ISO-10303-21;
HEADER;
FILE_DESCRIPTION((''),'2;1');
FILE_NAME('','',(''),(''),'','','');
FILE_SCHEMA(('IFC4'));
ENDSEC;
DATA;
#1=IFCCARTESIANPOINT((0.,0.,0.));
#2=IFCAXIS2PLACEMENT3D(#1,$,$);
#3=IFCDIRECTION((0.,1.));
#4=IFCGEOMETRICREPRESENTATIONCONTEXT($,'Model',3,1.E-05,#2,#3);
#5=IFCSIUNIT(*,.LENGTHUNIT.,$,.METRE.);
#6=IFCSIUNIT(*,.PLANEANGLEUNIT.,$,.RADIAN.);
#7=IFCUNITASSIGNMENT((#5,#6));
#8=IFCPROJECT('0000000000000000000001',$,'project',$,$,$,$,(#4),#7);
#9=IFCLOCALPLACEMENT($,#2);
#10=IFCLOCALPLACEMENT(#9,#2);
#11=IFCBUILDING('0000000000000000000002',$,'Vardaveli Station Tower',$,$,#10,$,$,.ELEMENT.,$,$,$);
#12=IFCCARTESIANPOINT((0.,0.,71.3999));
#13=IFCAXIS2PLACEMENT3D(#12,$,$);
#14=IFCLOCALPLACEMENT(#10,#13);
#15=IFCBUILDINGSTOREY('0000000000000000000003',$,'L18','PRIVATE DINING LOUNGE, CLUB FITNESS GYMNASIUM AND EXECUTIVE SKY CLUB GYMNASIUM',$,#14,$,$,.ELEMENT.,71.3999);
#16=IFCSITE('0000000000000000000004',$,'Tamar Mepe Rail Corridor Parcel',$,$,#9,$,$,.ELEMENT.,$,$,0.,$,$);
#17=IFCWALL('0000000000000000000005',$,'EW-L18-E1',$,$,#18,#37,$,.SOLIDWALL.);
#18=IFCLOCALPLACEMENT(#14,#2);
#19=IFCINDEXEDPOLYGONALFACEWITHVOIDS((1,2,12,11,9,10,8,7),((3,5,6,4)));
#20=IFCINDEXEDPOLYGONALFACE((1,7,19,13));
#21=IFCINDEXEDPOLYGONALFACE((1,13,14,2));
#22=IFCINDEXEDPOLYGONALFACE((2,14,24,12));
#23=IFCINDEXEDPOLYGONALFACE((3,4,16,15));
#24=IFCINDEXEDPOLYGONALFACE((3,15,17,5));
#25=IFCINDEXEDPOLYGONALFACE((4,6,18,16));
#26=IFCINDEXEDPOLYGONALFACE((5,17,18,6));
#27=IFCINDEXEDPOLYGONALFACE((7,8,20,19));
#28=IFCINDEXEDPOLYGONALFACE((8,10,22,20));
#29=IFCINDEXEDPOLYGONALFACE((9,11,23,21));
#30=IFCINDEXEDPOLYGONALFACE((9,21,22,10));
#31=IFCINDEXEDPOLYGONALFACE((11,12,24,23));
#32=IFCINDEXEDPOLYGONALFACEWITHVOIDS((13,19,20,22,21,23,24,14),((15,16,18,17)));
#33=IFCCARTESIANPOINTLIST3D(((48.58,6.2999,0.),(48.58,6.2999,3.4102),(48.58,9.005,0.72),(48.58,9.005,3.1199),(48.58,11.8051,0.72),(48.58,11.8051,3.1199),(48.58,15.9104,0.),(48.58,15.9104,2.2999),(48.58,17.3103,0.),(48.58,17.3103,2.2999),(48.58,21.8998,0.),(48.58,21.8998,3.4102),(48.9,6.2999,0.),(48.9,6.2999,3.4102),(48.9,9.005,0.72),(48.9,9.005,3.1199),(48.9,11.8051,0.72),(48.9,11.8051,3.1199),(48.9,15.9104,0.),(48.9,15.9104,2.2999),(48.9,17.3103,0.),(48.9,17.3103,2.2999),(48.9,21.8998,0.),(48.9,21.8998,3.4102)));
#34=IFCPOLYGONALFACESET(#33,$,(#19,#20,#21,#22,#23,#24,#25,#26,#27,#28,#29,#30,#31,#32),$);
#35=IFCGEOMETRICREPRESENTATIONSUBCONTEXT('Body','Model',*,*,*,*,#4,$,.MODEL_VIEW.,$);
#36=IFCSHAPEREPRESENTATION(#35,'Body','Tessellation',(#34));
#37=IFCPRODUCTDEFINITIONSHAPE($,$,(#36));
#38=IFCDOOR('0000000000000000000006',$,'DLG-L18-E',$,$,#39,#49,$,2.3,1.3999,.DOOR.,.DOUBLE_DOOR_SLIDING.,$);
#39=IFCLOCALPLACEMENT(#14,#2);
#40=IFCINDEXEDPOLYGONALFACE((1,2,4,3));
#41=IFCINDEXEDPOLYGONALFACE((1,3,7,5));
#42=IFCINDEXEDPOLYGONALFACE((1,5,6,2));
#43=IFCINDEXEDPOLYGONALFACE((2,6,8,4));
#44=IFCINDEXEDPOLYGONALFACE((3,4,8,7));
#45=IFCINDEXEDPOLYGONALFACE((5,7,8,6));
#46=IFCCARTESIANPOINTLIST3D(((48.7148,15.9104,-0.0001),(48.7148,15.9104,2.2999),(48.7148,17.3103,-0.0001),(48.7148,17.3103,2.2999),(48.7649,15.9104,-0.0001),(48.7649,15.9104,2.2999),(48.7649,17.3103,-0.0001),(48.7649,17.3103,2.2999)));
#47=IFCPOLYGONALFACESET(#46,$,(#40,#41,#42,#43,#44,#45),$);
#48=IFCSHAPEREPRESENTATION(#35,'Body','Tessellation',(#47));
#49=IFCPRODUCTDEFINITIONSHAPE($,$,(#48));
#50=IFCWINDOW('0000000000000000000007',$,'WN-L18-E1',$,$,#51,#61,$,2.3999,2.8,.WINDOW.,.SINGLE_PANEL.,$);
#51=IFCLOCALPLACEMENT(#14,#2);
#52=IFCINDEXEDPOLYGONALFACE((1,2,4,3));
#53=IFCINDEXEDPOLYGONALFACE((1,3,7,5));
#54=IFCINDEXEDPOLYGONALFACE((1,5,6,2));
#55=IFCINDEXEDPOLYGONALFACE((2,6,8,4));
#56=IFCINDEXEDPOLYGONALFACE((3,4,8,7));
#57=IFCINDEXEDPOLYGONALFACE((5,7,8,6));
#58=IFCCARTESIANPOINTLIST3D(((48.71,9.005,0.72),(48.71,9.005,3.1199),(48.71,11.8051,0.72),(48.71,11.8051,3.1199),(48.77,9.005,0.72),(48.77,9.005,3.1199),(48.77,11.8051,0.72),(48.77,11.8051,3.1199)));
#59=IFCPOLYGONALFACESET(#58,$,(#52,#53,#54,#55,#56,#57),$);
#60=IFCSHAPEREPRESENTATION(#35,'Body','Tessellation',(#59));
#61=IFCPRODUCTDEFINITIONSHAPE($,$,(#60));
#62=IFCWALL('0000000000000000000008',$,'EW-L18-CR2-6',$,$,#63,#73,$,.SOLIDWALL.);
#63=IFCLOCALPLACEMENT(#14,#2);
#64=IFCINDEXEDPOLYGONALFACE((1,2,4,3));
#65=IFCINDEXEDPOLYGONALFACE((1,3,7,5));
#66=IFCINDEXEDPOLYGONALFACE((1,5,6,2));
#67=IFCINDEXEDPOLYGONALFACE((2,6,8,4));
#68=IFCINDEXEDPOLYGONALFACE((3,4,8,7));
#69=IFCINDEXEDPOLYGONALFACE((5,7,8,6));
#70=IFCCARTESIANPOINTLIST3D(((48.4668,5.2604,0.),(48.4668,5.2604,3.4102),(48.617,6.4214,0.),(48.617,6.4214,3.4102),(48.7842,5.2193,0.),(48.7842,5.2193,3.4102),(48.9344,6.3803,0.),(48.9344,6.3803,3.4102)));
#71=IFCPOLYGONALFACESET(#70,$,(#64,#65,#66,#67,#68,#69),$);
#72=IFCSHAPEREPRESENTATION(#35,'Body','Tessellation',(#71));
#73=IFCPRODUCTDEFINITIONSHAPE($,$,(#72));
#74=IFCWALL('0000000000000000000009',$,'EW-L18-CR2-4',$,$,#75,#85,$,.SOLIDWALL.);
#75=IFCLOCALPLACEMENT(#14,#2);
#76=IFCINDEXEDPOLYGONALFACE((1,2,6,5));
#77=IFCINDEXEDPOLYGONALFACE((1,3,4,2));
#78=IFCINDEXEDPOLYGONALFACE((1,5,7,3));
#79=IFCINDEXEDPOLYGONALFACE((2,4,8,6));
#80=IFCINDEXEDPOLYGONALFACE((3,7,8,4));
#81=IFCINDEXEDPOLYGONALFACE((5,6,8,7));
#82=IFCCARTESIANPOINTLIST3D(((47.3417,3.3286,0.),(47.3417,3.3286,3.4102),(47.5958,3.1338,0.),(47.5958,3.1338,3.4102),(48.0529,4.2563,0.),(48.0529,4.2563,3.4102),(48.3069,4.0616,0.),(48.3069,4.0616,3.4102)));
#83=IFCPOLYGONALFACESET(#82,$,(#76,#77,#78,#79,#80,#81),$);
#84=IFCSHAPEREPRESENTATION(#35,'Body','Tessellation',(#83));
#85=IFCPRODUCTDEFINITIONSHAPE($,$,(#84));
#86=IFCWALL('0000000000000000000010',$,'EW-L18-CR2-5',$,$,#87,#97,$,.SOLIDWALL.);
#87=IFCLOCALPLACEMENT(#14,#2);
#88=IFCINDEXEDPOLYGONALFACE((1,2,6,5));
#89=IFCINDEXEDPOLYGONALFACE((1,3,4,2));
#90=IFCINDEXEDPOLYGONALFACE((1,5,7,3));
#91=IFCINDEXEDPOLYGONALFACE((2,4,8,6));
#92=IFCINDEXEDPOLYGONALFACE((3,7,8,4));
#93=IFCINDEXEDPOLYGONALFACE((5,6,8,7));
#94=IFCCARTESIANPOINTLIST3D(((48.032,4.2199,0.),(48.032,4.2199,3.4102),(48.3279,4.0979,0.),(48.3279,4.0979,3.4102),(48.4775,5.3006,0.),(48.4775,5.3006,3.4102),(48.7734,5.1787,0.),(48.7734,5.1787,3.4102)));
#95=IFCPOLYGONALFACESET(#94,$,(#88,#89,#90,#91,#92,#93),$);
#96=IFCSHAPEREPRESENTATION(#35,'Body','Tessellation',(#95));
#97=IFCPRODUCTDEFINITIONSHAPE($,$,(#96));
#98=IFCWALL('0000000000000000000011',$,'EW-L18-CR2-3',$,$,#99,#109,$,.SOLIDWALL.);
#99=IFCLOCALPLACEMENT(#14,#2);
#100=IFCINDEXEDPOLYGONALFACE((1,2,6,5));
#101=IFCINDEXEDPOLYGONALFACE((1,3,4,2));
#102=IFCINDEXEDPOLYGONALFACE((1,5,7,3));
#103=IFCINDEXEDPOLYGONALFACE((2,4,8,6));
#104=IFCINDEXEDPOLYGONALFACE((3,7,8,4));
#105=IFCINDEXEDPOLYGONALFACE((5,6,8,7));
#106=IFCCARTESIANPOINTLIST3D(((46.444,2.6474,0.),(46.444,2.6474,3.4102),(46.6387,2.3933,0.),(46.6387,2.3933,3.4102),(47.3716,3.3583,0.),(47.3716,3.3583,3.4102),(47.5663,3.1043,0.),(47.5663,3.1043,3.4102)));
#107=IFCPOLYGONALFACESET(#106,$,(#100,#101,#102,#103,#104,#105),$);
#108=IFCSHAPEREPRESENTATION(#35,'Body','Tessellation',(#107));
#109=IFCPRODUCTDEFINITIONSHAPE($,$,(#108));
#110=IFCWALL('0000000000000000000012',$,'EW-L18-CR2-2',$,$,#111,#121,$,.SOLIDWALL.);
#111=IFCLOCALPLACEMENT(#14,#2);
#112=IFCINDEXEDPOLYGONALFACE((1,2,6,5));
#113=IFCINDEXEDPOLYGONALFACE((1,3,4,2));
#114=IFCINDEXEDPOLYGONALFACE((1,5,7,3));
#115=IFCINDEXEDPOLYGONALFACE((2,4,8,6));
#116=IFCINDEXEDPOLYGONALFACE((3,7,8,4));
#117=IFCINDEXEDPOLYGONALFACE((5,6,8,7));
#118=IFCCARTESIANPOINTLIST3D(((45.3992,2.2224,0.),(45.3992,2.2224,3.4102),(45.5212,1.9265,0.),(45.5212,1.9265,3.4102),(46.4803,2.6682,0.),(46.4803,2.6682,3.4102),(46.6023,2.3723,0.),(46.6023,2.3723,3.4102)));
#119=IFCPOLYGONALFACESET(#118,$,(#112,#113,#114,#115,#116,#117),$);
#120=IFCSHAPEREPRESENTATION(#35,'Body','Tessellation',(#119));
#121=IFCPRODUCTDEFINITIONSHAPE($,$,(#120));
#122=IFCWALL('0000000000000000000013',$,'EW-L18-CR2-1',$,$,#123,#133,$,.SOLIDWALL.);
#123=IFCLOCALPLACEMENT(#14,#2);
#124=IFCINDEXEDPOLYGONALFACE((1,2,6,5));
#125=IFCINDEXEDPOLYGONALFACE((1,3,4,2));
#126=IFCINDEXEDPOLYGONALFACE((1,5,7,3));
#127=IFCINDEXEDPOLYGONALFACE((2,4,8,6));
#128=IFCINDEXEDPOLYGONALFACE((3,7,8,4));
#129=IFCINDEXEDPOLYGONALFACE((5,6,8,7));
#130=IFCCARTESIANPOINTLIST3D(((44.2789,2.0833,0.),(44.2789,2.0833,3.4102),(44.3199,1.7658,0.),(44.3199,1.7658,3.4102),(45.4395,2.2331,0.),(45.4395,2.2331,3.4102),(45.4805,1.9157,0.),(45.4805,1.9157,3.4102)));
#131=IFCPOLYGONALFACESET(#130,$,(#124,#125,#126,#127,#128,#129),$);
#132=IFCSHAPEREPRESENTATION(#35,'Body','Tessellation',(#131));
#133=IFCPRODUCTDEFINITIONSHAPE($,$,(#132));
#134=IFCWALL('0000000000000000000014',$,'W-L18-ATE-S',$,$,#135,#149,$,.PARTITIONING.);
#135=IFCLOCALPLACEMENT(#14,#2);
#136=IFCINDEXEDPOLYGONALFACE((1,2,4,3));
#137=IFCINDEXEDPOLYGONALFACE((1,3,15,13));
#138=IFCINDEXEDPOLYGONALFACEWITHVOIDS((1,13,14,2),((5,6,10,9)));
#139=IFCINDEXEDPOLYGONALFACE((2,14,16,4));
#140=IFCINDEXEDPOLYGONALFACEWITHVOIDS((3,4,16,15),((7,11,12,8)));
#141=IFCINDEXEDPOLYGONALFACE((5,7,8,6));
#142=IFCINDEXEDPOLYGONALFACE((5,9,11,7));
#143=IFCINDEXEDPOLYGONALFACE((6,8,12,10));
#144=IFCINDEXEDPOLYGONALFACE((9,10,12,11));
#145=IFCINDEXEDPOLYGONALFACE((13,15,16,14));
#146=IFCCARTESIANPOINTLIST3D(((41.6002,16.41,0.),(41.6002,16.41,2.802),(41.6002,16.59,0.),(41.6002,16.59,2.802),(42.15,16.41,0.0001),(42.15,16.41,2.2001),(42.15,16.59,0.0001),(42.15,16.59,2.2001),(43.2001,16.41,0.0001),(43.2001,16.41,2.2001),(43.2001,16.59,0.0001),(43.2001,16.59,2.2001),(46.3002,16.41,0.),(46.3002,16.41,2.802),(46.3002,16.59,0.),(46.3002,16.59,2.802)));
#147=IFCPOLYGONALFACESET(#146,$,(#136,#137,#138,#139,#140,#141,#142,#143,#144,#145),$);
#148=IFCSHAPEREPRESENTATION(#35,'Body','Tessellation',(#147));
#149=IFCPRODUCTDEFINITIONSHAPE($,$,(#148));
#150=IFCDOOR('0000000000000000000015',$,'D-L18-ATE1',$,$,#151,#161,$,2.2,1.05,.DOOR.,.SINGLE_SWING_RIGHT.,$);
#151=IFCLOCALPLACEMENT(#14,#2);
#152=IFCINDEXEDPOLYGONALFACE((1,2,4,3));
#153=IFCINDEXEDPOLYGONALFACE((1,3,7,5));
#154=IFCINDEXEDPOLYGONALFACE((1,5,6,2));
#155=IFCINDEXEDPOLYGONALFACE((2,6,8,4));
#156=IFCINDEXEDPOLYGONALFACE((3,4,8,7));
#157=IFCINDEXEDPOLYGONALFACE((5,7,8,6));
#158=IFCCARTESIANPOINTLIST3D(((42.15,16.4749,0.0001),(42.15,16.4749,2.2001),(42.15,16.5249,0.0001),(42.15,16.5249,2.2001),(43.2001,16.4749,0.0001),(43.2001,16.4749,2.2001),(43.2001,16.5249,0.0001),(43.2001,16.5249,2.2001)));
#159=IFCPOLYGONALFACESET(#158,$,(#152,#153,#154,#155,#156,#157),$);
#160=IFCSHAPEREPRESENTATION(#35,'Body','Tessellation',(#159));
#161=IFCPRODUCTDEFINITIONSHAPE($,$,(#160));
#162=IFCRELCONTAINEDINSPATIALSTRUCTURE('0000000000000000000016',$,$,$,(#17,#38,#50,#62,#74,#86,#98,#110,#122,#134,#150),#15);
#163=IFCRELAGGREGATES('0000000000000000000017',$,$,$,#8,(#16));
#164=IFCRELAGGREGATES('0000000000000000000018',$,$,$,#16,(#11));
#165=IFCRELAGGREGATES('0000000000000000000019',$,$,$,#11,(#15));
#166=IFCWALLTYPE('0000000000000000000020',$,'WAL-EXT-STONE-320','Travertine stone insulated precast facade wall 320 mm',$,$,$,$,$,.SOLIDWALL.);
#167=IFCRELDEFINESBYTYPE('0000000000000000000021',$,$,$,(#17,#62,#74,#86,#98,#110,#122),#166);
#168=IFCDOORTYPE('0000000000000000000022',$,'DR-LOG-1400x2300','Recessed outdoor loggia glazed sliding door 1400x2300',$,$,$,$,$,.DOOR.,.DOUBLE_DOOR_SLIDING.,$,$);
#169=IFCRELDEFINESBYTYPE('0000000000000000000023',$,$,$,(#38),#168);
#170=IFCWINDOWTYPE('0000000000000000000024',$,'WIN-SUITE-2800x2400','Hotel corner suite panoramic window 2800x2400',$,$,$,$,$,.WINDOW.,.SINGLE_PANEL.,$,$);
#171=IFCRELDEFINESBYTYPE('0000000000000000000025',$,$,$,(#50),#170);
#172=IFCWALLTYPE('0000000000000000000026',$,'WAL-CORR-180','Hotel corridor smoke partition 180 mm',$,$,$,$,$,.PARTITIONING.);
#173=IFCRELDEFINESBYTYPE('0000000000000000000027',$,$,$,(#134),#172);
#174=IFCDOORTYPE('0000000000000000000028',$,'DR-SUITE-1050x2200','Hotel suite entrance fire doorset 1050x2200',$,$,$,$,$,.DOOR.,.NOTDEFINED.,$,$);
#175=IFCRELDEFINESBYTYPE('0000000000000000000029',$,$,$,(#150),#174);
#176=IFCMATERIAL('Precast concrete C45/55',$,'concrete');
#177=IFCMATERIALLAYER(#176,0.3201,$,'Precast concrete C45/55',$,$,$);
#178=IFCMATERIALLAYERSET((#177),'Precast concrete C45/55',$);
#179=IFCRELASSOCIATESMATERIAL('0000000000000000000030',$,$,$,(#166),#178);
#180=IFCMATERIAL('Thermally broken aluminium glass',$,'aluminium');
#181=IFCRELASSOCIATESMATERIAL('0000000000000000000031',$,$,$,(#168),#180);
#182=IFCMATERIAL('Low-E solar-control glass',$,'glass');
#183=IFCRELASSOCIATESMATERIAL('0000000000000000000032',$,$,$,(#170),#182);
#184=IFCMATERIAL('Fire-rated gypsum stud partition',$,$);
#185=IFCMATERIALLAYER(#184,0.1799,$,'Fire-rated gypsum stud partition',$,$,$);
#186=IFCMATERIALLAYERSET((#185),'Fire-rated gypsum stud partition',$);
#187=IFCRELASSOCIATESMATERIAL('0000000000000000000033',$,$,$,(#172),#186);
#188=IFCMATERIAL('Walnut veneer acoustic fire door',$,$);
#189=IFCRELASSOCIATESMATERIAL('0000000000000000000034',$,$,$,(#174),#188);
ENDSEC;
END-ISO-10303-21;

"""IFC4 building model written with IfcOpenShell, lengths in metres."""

from ifc_helpers import new_model, si_unit, direction, frame, frame_2d, origin, place, context, subcontext, project, spatial, rectangle, extrude, source, transform, mapped, material, layer, layer_set, type_object, element, fill, save


model = new_model("IFC4")

# Units and contexts
model_context = context("Model", 3, precision=1e-05, world=origin(), true_north=direction((0.0, 1.0)))
body_context = subcontext(model_context, "Body", "Model", "MODEL_VIEW")
ifc_project = project(units=[si_unit("LENGTHUNIT", "METRE"), si_unit("PLANEANGLEUNIT", "RADIAN")], contexts=[model_context])

# Site, building, storey
site_placement = place(None, origin())
site = spatial("IfcSite", under=ifc_project, at=site_placement, Name="Tamar Mepe Rail Corridor Parcel", CompositionType="ELEMENT", RefElevation=0.0)
building_placement = place(site_placement, origin())
building = spatial("IfcBuilding", under=site, at=building_placement, Name="Vardaveli Station Tower", CompositionType="ELEMENT")
storey_placement = place(building_placement, frame((0.0, 0.0, 71.3999)))
storey = spatial("IfcBuildingStorey", under=building, at=storey_placement, Name="L18", Description="PRIVATE DINING LOUNGE, CLUB FITNESS GYMNASIUM AND EXECUTIVE SKY CLUB GYMNASIUM", CompositionType="ELEMENT", Elevation=71.3999)

# Shared definitions
ifc_material_1 = material(Name="Precast concrete C45/55", Category="concrete")

# Wall, openings, door, window
ifc_layer_1 = layer(ifc_material_1, 0.3201, Name="Precast concrete C45/55")
ifc_layer_set_1 = layer_set([ifc_layer_1], Name="Precast concrete C45/55")
wall_type_1 = type_object("IfcWallType", Name="WAL-EXT-STONE-320", Description="Travertine stone insulated precast facade wall 320 mm", PredefinedType="SOLIDWALL", material=ifc_layer_set_1)
shared_shape_1 = source(origin(), body_context, "Body", "SweptSolid", [
    extrude(rectangle(XDim=15.5999, YDim=0.3201, at=frame_2d((7.7998, 0.0))), origin(), (0.0, 0.0, 1.0), 3.4102),
])
wall_1_placement = place(storey_placement, frame((48.74, 6.3, 0.0), z_axis=(0.0, 0.0, 1.0), x_axis=(0.0, 1.0, 0.0)))
wall_1 = element("IfcWall", 1, at=wall_1_placement, inside=storey, type_object=wall_type_1, Name="EW-L18-E1", PredefinedType="SOLIDWALL", context=body_context, shape_type="MappedRepresentation", body=[
    mapped(shared_shape_1, transform((0.0, 0.0, 0.0), scale=1.0)),
])
shared_shape_2 = source(origin(), body_context, "Body", "SweptSolid", [
    extrude(rectangle(XDim=1.3999, YDim=2.3, at=frame_2d((0.7, 1.1499))), frame((0.0, 0.1699, 0.0), z_axis=(0.0, -1.0, 0.0), x_axis=(1.0, 0.0, 0.0)), (0.0, 0.0, 1.0), 0.3401),
])
opening_1_placement = place(wall_1_placement, frame((9.6104, 0.0, 0.0)))
opening_1 = element("IfcOpeningElement", 2, at=opening_1_placement, cuts=wall_1, PredefinedType="OPENING", context=body_context, shape_type="MappedRepresentation", body=[
    mapped(shared_shape_2, transform((0.0, 0.0, 0.0), scale=1.0)),
])
shared_shape_3 = source(origin(), body_context, "Body", "SweptSolid", [
    extrude(rectangle(XDim=2.8, YDim=2.3999, at=frame_2d((1.3999, 1.2))), frame((0.0, 0.1699, 0.0), z_axis=(0.0, -1.0, 0.0), x_axis=(1.0, 0.0, 0.0)), (0.0, 0.0, 1.0), 0.3401),
])
opening_2_placement = place(wall_1_placement, frame((2.7051, 0.0, 0.72)))
opening_2 = element("IfcOpeningElement", 3, at=opening_2_placement, cuts=wall_1, PredefinedType="OPENING", context=body_context, shape_type="MappedRepresentation", body=[
    mapped(shared_shape_3, transform((0.0, 0.0, 0.0), scale=1.0)),
])
ifc_material_2 = material(Name="Thermally broken aluminium glass", Category="aluminium")
door_type_1 = type_object("IfcDoorType", Name="DR-LOG-1400x2300", Description="Recessed outdoor loggia glazed sliding door 1400x2300", OperationType="DOUBLE_DOOR_SLIDING", PredefinedType="DOOR", material=ifc_material_2)
shared_shape_4 = source(origin(), body_context, "Body", "SweptSolid", [
    extrude(rectangle(XDim=1.3999, YDim=2.3, at=frame_2d((0.7, 1.1499))), frame((0.0, 0.0249, 0.0), z_axis=(0.0, -1.0, 0.0), x_axis=(1.0, 0.0, 0.0)), (0.0, 0.0, 1.0), 0.05),
])
door_1_placement = place(opening_1_placement, frame((1.3999, 0.0, 0.0), z_axis=(0.0, 0.0, 1.0), x_axis=(-1.0, 0.0, 0.0)))
door_1 = element("IfcDoor", 4, at=door_1_placement, inside=storey, type_object=door_type_1, Name="DLG-L18-E", OperationType="DOUBLE_DOOR_SLIDING", OverallHeight=2.3, OverallWidth=1.3999, PredefinedType="DOOR", context=body_context, shape_type="MappedRepresentation", body=[
    mapped(shared_shape_4, transform((0.0, 0.0, 0.0), scale=1.0)),
])
fill(opening_1, door_1)
ifc_material_3 = material(Name="Low-E solar-control glass", Category="glass")
window_type = type_object("IfcWindowType", Name="WIN-SUITE-2800x2400", Description="Hotel corner suite panoramic window 2800x2400", PartitioningType="SINGLE_PANEL", PredefinedType="WINDOW", material=ifc_material_3)
shared_shape_5 = source(origin(), body_context, "Body", "SweptSolid", [
    extrude(rectangle(XDim=2.8, YDim=2.3999, at=frame_2d((1.3999, 1.2))), frame((0.0, 0.03, 0.0), z_axis=(0.0, -1.0, 0.0), x_axis=(1.0, 0.0, 0.0)), (0.0, 0.0, 1.0), 0.0601),
])
window_placement = place(opening_2_placement, origin())
window = element("IfcWindow", 5, at=window_placement, inside=storey, type_object=window_type, Name="WN-L18-E1", OverallHeight=2.3999, OverallWidth=2.8, PartitioningType="SINGLE_PANEL", PredefinedType="WINDOW", context=body_context, shape_type="MappedRepresentation", body=[
    mapped(shared_shape_5, transform((0.0, 0.0, 0.0), scale=1.0)),
])
fill(opening_2, window)

# Walls
shared_shape_6 = source(origin(), body_context, "Body", "SweptSolid", [
    extrude(rectangle(XDim=1.1707, YDim=0.3201, at=frame_2d((0.5854, 0.0))), origin(), (0.0, 0.0, 1.0), 3.4102),
])
wall_2_placement = place(storey_placement, frame((48.6255, 5.2397, 0.0), z_axis=(0.0, 0.0, 1.0), x_axis=(0.128269, 0.991739, 0.0)))
element("IfcWall", 6, at=wall_2_placement, inside=storey, type_object=wall_type_1, Name="EW-L18-CR2-6", PredefinedType="SOLIDWALL", context=body_context, shape_type="MappedRepresentation", body=[
    mapped(shared_shape_6, transform((0.0, 0.0, 0.0), scale=1.0)),
])
shared_shape_7 = source(origin(), body_context, "Body", "SweptSolid", [
    extrude(rectangle(XDim=1.1689, YDim=0.3201, at=frame_2d((0.5845, 0.0))), origin(), (0.0, 0.0, 1.0), 3.4102),
])
for number, where, z_axis, x_axis, name in (
    (7, (47.4688, 3.2312, 0.0), (0.0, 0.0, 1.0), (0.608388, 0.79364, 0.0), "EW-L18-CR2-4"),
    (8, (48.1799, 4.1589, 0.0), (0.0, 0.0, 1.0), (0.381128, 0.924522, 0.0), "EW-L18-CR2-5"),
):
    element("IfcWall", number, at=place(storey_placement, frame(where, z_axis=z_axis, x_axis=x_axis)), inside=storey, type_object=wall_type_1, Name=name, PredefinedType="SOLIDWALL", context=body_context, shape_type="MappedRepresentation", body=[
        mapped(shared_shape_7, transform((0.0, 0.0, 0.0), scale=1.0)),
    ])
shared_shape_8 = source(origin(), body_context, "Body", "SweptSolid", [
    extrude(rectangle(XDim=1.1687, YDim=0.3201, at=frame_2d((0.5845, 0.0))), origin(), (0.0, 0.0, 1.0), 3.4102),
])
wall_3_placement = place(storey_placement, frame((46.5413, 2.5203, 0.0), z_axis=(0.0, 0.0, 1.0), x_axis=(0.793664, 0.608357, 0.0)))
element("IfcWall", 9, at=wall_3_placement, inside=storey, type_object=wall_type_1, Name="EW-L18-CR2-3", PredefinedType="SOLIDWALL", context=body_context, shape_type="MappedRepresentation", body=[
    mapped(shared_shape_8, transform((0.0, 0.0, 0.0), scale=1.0)),
])
shared_shape_9 = source(origin(), body_context, "Body", "SweptSolid", [
    extrude(rectangle(XDim=1.1694, YDim=0.3201, at=frame_2d((0.5847, 0.0))), origin(), (0.0, 0.0, 1.0), 3.4102),
])
wall_4_placement = place(storey_placement, frame((45.4602, 2.0745, 0.0), z_axis=(0.0, 0.0, 1.0), x_axis=(0.924479, 0.381233, 0.0)))
element("IfcWall", 10, at=wall_4_placement, inside=storey, type_object=wall_type_1, Name="EW-L18-CR2-2", PredefinedType="SOLIDWALL", context=body_context, shape_type="MappedRepresentation", body=[
    mapped(shared_shape_9, transform((0.0, 0.0, 0.0), scale=1.0)),
])
shared_shape_10 = source(origin(), body_context, "Body", "SweptSolid", [
    extrude(rectangle(XDim=1.1702, YDim=0.3201, at=frame_2d((0.585, 0.0))), origin(), (0.0, 0.0, 1.0), 3.4102),
])
wall_5_placement = place(storey_placement, frame((44.2996, 1.9246, 0.0), z_axis=(0.0, 0.0, 1.0), x_axis=(0.991762, 0.12809, 0.0)))
element("IfcWall", 11, at=wall_5_placement, inside=storey, type_object=wall_type_1, Name="EW-L18-CR2-1", PredefinedType="SOLIDWALL", context=body_context, shape_type="MappedRepresentation", body=[
    mapped(shared_shape_10, transform((0.0, 0.0, 0.0), scale=1.0)),
])

# Wall, opening, door
ifc_material_4 = material(Name="Fire-rated gypsum stud partition")
ifc_layer_2 = layer(ifc_material_4, 0.1799, Name="Fire-rated gypsum stud partition")
ifc_layer_set_2 = layer_set([ifc_layer_2], Name="Fire-rated gypsum stud partition")
wall_type_2 = type_object("IfcWallType", Name="WAL-CORR-180", Description="Hotel corridor smoke partition 180 mm", PredefinedType="PARTITIONING", material=ifc_layer_set_2)
shared_shape_11 = source(origin(), body_context, "Body", "SweptSolid", [
    extrude(rectangle(XDim=4.7, YDim=0.1799, at=frame_2d((2.3501, 0.0))), origin(), (0.0, 0.0, 1.0), 2.802),
])
wall_6_placement = place(storey_placement, frame((41.6001, 16.5, 0.0), z_axis=(0.0, 0.0, 1.0), x_axis=(1.0, 0.0, 0.0)))
wall_6 = element("IfcWall", 12, at=wall_6_placement, inside=storey, type_object=wall_type_2, Name="W-L18-ATE-S", PredefinedType="PARTITIONING", context=body_context, shape_type="MappedRepresentation", body=[
    mapped(shared_shape_11, transform((0.0, 0.0, 0.0), scale=1.0)),
])
shared_shape_12 = source(origin(), body_context, "Body", "SweptSolid", [
    extrude(rectangle(XDim=1.05, YDim=2.2, at=frame_2d((0.5249, 1.1001))), frame((0.0, 0.1001, 0.0), z_axis=(0.0, -1.0, 0.0), x_axis=(1.0, 0.0, 0.0)), (0.0, 0.0, 1.0), 0.2),
])
opening_3_placement = place(wall_6_placement, frame((0.55, 0.0, 0.0)))
opening_3 = element("IfcOpeningElement", 13, at=opening_3_placement, cuts=wall_6, PredefinedType="OPENING", context=body_context, shape_type="MappedRepresentation", body=[
    mapped(shared_shape_12, transform((0.0, 0.0, 0.0), scale=1.0)),
])
ifc_material_5 = material(Name="Walnut veneer acoustic fire door")
door_type_2 = type_object("IfcDoorType", Name="DR-SUITE-1050x2200", Description="Hotel suite entrance fire doorset 1050x2200", OperationType="NOTDEFINED", PredefinedType="DOOR", material=ifc_material_5)
shared_shape_13 = source(origin(), body_context, "Body", "SweptSolid", [
    extrude(rectangle(XDim=1.05, YDim=2.2, at=frame_2d((0.5249, 1.1001))), frame((0.0, 0.0249, 0.0), z_axis=(0.0, -1.0, 0.0), x_axis=(1.0, 0.0, 0.0)), (0.0, 0.0, 1.0), 0.05),
])
door_2_placement = place(opening_3_placement, origin())
door_2 = element("IfcDoor", 14, at=door_2_placement, inside=storey, type_object=door_type_2, Name="D-L18-ATE1", OperationType="SINGLE_SWING_RIGHT", OverallHeight=2.2, OverallWidth=1.05, PredefinedType="DOOR", context=body_context, shape_type="MappedRepresentation", body=[
    mapped(shared_shape_13, transform((0.0, 0.0, 0.0), scale=1.0)),
])
fill(opening_3, door_2)

save(model, "model.ifc")
